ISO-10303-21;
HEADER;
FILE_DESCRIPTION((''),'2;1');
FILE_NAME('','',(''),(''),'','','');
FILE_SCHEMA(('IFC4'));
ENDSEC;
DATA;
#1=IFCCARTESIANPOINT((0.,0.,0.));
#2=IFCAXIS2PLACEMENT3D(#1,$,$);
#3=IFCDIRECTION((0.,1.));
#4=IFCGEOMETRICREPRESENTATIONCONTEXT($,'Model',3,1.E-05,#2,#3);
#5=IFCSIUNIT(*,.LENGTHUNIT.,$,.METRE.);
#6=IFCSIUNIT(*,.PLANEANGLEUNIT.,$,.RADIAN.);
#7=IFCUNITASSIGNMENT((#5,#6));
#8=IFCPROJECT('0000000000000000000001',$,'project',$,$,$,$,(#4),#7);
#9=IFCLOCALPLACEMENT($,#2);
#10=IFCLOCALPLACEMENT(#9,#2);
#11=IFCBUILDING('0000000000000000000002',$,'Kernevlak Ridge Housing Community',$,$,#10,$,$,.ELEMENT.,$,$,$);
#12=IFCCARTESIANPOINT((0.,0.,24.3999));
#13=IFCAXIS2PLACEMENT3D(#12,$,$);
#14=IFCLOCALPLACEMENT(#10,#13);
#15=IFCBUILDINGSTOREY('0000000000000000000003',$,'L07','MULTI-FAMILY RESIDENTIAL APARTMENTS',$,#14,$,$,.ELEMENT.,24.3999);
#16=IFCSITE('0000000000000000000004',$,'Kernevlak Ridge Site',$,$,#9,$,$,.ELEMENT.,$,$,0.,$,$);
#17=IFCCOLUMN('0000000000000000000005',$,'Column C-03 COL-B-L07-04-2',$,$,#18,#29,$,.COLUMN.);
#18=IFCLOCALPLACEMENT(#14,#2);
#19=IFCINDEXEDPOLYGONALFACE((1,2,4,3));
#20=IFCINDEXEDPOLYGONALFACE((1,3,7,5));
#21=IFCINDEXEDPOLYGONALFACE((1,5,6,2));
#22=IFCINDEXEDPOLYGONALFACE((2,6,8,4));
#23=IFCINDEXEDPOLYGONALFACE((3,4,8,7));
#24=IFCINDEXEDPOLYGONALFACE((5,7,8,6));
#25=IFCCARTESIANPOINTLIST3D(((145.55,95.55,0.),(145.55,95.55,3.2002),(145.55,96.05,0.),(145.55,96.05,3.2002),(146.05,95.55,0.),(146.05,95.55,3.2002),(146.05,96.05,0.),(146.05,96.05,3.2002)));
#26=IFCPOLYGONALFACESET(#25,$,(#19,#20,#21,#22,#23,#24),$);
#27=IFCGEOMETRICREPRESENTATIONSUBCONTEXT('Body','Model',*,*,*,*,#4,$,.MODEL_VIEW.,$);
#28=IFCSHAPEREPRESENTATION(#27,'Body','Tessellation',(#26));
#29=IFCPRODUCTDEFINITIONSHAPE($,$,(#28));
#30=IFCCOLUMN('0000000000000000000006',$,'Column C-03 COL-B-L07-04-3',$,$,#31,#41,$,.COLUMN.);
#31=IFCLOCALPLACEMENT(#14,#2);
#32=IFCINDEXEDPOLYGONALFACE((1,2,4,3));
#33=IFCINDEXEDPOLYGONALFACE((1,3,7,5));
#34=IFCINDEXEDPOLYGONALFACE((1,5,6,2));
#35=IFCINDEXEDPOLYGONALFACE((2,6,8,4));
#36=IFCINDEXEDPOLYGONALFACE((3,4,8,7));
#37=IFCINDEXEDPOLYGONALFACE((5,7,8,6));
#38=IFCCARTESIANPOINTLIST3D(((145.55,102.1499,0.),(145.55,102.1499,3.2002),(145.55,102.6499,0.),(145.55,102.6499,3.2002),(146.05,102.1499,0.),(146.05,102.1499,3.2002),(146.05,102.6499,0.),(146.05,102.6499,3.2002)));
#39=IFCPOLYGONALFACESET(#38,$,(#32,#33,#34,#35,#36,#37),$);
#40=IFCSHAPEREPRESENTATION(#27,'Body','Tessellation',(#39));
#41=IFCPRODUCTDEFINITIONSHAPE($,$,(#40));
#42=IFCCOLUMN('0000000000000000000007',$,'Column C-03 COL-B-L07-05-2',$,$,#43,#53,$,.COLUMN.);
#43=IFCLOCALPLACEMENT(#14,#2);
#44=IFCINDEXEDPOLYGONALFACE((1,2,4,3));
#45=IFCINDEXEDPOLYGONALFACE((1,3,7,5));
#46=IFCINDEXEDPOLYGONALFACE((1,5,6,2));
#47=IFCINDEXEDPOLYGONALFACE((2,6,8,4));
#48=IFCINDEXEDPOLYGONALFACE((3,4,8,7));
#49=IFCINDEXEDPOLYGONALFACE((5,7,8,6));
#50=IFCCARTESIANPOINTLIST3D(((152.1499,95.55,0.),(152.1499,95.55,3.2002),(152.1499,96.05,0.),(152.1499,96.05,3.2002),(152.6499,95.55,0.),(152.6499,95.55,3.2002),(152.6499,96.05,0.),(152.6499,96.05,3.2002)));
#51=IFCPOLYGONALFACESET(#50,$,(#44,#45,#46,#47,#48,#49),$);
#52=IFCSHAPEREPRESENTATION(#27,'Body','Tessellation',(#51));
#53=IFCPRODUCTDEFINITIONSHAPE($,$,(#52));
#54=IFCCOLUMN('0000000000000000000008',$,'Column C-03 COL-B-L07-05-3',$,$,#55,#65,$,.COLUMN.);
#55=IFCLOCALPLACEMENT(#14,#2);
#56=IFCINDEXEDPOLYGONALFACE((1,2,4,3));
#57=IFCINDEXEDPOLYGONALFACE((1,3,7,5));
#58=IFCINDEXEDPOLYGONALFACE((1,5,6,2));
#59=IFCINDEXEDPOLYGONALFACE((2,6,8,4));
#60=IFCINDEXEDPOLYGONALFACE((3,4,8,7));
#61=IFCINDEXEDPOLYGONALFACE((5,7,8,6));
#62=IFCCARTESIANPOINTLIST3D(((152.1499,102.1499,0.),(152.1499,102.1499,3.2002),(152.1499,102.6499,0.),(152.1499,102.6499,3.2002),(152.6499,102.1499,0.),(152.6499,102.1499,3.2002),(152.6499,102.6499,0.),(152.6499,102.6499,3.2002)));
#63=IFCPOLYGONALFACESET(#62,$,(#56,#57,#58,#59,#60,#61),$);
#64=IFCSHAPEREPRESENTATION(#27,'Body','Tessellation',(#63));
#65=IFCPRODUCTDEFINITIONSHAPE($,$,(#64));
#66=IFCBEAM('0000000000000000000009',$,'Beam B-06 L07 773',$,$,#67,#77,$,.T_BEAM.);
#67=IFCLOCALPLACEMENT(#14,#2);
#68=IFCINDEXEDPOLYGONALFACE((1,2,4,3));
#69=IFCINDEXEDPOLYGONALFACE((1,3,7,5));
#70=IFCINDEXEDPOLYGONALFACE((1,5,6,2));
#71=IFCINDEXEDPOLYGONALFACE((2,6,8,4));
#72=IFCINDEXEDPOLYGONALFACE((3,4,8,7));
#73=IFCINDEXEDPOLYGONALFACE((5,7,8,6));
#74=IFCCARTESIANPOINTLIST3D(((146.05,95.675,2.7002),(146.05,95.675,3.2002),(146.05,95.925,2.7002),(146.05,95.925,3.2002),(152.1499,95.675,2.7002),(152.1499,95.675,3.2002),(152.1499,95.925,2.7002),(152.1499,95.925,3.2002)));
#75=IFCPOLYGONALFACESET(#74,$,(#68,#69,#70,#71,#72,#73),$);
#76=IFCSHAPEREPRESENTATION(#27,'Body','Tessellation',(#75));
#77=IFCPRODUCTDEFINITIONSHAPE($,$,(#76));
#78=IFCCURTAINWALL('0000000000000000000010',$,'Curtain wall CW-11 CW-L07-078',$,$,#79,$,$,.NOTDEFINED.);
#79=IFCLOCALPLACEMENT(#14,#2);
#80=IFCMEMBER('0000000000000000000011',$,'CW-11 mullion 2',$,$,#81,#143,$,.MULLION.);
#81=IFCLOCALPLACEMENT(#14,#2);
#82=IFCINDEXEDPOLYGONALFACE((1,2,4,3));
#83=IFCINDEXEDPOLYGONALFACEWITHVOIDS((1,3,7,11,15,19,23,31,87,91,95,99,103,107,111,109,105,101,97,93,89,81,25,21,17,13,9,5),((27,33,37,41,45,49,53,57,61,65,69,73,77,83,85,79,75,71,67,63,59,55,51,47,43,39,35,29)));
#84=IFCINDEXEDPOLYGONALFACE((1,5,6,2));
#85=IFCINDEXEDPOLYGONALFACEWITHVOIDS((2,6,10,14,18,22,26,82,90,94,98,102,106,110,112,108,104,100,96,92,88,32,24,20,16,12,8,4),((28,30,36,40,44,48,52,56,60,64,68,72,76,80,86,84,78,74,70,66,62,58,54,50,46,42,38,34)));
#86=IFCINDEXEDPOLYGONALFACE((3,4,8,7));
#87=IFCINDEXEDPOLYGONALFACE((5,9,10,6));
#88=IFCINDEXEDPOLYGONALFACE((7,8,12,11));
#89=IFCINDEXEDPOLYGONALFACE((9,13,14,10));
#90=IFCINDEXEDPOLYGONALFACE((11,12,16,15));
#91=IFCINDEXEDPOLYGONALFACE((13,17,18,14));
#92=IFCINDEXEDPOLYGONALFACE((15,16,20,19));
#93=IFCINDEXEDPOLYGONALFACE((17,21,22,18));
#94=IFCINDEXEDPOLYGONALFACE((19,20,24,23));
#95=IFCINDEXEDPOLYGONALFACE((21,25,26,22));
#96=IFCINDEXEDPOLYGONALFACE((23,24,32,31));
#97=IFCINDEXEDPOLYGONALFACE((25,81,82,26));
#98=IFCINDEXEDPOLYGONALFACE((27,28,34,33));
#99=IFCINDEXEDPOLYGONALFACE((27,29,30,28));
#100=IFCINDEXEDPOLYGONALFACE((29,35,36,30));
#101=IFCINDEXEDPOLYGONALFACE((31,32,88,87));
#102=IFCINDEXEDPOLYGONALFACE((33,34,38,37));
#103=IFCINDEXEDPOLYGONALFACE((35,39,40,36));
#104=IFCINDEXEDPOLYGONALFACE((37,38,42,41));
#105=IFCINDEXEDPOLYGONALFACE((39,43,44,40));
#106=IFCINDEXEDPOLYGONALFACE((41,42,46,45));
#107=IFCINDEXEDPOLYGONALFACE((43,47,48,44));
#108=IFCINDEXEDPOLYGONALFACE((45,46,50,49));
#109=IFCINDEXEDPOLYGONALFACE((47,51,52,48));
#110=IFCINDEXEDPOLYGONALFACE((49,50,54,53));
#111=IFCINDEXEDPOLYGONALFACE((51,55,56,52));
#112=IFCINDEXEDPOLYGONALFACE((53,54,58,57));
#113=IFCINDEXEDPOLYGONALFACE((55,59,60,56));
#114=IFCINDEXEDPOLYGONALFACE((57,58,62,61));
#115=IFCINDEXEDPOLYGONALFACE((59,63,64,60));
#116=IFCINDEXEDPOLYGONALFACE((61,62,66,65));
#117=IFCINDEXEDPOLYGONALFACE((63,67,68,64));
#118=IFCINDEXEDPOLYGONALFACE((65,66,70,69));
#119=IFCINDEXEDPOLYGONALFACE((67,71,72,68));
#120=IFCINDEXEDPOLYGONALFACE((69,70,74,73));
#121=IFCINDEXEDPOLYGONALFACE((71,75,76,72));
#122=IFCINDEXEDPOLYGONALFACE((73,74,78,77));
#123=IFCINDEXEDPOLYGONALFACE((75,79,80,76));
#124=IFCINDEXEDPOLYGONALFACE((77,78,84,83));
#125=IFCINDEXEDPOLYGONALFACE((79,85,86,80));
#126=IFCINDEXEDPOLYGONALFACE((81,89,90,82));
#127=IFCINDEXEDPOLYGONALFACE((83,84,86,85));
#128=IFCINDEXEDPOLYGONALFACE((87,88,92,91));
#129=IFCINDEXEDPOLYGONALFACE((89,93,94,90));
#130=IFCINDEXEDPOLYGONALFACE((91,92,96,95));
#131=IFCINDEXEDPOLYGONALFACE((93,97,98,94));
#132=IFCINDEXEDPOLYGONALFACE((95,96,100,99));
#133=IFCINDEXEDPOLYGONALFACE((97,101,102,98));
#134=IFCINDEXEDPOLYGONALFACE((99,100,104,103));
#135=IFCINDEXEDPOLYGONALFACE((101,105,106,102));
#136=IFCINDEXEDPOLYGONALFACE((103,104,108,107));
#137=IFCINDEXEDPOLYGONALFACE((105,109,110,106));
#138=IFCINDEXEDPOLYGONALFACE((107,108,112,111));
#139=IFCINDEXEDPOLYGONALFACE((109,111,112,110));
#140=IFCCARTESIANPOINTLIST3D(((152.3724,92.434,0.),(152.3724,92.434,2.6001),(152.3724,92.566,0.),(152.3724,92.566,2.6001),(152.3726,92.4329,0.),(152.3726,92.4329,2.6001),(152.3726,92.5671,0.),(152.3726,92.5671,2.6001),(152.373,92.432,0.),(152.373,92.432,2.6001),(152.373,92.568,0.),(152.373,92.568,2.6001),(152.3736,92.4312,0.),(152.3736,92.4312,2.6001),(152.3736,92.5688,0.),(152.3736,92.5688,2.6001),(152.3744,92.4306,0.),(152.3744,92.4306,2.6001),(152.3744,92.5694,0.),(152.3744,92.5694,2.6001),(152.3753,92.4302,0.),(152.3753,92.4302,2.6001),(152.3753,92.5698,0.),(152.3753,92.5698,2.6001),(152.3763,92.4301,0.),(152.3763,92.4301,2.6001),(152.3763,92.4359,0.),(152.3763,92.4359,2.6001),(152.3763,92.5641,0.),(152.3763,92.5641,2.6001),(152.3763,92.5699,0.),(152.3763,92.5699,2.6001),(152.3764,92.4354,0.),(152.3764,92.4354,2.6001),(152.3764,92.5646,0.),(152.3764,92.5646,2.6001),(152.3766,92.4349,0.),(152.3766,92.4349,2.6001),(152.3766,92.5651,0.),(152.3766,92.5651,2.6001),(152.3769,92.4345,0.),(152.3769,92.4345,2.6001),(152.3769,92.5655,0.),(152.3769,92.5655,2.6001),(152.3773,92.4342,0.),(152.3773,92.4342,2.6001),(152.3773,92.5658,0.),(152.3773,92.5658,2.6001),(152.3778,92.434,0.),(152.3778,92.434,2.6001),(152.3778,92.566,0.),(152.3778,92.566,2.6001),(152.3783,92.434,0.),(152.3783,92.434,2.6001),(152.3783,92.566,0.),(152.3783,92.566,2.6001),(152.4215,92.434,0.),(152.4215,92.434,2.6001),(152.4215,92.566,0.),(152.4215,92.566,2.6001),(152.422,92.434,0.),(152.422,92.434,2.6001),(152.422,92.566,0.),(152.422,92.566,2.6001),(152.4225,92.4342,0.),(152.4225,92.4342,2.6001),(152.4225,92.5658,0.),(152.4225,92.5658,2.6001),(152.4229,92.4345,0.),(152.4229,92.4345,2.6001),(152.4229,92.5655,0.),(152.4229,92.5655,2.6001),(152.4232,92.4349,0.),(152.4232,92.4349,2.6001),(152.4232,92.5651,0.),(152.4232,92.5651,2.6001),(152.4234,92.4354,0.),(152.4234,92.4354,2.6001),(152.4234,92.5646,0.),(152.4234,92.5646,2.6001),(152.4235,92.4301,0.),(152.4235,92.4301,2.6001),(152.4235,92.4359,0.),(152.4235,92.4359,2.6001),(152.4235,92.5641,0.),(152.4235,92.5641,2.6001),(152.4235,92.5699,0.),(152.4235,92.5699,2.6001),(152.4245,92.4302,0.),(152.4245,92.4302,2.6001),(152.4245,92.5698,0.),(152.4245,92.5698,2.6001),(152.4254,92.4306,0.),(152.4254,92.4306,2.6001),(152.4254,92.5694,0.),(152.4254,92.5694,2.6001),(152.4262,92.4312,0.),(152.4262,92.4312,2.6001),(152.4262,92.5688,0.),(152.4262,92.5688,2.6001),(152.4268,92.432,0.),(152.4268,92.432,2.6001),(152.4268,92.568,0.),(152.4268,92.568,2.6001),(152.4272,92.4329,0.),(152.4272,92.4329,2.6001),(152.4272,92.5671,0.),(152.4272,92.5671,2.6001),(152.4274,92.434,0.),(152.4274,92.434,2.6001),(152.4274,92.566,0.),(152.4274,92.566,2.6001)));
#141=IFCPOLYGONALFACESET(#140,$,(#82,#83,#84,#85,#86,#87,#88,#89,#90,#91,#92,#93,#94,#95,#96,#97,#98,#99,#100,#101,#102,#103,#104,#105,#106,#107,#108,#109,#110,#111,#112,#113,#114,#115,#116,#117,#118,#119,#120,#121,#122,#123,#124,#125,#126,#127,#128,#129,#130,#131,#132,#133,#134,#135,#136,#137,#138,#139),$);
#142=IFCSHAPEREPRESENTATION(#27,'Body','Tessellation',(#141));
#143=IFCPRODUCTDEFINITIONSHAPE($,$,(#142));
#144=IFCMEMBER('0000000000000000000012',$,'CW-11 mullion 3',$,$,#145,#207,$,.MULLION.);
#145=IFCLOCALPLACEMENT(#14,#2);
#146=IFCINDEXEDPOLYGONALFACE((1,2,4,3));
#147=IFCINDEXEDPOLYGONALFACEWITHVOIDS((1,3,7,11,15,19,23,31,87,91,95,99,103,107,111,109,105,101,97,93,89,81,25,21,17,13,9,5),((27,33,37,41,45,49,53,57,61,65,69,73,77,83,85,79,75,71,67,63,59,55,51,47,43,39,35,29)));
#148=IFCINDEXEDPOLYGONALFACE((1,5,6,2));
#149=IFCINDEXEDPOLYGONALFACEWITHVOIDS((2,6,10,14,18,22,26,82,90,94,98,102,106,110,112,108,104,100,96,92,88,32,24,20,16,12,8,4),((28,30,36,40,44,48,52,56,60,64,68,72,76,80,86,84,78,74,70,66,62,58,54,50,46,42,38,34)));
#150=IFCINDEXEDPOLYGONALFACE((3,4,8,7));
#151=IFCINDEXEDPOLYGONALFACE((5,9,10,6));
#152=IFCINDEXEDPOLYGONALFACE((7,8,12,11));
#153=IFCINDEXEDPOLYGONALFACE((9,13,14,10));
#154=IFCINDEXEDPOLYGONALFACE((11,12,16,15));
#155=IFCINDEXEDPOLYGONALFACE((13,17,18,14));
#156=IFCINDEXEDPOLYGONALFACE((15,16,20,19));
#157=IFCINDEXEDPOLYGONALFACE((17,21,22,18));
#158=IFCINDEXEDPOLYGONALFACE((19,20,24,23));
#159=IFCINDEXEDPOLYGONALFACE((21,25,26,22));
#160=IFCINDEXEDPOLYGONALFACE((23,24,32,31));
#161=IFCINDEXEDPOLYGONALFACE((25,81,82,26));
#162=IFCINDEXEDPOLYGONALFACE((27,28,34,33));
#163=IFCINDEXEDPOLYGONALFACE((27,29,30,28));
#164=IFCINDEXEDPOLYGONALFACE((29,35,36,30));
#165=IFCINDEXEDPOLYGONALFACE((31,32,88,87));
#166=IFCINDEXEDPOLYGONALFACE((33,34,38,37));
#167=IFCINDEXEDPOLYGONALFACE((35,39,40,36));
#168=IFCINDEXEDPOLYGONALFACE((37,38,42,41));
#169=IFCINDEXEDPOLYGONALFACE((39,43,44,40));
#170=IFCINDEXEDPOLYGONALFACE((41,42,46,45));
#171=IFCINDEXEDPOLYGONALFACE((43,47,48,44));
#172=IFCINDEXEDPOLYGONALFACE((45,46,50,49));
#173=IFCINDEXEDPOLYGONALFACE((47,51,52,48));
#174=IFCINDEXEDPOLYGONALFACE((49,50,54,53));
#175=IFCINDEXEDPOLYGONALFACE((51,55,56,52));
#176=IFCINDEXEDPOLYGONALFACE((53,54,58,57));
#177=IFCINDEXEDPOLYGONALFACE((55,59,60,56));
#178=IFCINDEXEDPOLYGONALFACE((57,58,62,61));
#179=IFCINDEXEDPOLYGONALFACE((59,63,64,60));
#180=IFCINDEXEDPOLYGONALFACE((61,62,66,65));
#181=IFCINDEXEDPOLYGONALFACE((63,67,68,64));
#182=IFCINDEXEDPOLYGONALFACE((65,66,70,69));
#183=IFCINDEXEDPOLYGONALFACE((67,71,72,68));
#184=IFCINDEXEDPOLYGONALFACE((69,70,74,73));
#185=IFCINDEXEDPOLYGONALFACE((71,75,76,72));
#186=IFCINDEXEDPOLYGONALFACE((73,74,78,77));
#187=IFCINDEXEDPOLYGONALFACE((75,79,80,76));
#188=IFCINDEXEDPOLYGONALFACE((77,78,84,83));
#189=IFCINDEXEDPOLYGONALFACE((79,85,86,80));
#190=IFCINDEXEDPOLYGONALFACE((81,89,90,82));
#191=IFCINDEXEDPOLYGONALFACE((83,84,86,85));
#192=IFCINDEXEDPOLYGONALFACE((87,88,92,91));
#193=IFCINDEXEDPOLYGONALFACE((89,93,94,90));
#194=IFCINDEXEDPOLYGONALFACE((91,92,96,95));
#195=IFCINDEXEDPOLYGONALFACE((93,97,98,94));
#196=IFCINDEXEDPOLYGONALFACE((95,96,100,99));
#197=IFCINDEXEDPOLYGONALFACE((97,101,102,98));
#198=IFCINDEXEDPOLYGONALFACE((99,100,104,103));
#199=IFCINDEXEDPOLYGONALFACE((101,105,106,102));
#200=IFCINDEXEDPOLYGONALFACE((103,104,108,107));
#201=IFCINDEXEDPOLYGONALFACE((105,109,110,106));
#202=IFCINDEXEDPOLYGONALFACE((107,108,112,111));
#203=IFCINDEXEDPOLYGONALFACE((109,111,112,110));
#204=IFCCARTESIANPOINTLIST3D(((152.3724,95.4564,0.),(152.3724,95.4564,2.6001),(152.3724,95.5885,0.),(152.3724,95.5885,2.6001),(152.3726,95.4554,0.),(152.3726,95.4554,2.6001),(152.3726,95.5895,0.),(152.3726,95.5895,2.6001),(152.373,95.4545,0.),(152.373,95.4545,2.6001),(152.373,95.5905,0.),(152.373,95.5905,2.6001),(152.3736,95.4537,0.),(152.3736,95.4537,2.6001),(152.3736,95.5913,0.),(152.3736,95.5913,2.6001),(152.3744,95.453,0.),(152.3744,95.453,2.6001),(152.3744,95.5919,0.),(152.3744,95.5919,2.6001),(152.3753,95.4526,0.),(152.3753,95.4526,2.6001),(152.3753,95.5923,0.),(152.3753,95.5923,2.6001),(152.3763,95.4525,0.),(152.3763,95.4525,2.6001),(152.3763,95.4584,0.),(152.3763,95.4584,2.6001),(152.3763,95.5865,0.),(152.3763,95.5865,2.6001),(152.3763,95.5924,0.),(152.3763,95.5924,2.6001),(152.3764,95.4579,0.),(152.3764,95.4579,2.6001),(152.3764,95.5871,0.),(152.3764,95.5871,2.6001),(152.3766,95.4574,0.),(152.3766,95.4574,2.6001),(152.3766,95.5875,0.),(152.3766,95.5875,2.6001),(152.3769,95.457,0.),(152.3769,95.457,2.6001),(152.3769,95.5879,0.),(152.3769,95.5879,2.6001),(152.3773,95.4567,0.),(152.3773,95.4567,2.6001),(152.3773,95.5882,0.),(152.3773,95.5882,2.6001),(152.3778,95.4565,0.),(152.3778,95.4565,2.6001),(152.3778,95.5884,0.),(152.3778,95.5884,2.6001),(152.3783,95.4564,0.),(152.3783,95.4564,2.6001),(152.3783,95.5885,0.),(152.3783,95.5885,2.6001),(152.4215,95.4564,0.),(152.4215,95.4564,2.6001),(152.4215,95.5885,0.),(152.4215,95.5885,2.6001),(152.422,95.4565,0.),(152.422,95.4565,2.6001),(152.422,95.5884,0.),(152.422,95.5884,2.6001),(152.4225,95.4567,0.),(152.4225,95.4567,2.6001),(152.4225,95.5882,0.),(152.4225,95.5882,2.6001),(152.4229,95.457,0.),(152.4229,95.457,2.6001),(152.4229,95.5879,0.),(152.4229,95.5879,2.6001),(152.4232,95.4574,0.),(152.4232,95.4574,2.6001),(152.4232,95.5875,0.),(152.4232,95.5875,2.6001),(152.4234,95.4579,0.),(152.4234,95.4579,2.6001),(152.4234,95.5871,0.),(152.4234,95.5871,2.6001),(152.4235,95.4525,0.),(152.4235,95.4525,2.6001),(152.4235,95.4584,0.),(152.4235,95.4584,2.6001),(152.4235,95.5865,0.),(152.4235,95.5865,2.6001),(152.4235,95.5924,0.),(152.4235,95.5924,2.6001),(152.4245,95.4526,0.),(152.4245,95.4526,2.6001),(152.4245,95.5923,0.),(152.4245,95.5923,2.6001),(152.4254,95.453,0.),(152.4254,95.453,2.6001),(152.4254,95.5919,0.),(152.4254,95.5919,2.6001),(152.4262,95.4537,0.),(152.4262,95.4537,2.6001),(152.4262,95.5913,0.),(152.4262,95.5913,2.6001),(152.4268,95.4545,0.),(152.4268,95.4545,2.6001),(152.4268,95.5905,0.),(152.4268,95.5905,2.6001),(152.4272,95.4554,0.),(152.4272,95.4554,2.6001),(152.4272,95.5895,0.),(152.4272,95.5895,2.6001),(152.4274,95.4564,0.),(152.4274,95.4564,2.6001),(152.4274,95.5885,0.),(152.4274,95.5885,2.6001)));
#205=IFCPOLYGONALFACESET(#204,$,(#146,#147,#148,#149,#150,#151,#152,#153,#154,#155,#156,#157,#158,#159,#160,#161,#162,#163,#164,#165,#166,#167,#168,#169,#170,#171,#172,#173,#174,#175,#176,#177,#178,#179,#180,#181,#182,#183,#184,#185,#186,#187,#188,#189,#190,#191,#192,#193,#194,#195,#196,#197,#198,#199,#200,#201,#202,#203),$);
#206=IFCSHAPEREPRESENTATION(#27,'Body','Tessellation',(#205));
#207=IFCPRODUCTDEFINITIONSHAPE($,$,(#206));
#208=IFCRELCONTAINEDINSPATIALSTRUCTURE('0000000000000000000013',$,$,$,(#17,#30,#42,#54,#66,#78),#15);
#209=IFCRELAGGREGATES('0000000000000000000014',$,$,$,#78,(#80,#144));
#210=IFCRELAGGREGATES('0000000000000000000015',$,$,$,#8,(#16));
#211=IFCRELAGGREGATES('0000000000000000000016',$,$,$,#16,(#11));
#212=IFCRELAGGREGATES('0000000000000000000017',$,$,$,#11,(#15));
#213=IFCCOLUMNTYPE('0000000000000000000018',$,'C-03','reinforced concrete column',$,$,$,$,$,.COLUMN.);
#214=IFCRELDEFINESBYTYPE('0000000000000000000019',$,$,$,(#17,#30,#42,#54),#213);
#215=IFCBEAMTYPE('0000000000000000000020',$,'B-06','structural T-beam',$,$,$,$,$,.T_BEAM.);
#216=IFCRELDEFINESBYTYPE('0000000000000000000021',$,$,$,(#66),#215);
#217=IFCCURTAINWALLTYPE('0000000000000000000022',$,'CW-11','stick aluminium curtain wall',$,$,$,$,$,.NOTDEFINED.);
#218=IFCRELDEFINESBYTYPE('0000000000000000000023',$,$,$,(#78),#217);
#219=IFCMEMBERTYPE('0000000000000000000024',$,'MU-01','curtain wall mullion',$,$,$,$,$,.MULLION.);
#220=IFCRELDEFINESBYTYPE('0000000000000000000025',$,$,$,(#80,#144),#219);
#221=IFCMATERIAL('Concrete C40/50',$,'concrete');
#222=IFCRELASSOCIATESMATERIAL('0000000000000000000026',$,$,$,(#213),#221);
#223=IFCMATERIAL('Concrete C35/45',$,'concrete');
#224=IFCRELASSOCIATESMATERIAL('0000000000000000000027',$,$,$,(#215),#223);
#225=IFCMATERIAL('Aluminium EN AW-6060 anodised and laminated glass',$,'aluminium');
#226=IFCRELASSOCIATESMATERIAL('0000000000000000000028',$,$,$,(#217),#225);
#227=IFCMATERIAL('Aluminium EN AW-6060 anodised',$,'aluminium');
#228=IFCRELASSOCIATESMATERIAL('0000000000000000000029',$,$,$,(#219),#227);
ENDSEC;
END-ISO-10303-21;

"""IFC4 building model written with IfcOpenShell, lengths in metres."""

from ifc_helpers import new_model, si_unit, direction, frame, origin, origin_2d, place, context, subcontext, project, spatial, rectangle, hollow_rectangle, extrude, material, material_profile, profile_set, type_object, element, aggregate, save


model = new_model("IFC4")

# Units and contexts
model_context = context("Model", 3, precision=1e-05, world=origin(), true_north=direction((0.0, 1.0)))
body_context = subcontext(model_context, "Body", "Model", "MODEL_VIEW")
ifc_project = project(units=[si_unit("LENGTHUNIT", "METRE"), si_unit("PLANEANGLEUNIT", "RADIAN")], contexts=[model_context])

# Site, building, storey
site_placement = place(None, origin())
site = spatial("IfcSite", under=ifc_project, at=site_placement, Name="Kernevlak Ridge Site", CompositionType="ELEMENT", RefElevation=0.0)
building_placement = place(site_placement, origin())
building = spatial("IfcBuilding", under=site, at=building_placement, Name="Kernevlak Ridge Housing Community", CompositionType="ELEMENT")
storey_placement = place(building_placement, frame((0.0, 0.0, 24.3999)))
storey = spatial("IfcBuildingStorey", under=building, at=storey_placement, Name="L07", Description="MULTI-FAMILY RESIDENTIAL APARTMENTS", CompositionType="ELEMENT", Elevation=24.3999)

# Columns
ifc_material_1 = material(Name="Concrete C40/50", Category="concrete")
ifc_material_profile_1 = material_profile(ifc_material_1, rectangle(XDim=0.5, YDim=0.5, at=origin_2d()), Name="RC 500x500")
ifc_profile_set_1 = profile_set([ifc_material_profile_1], Name="Concrete C40/50")
column_type = type_object("IfcColumnType", Name="C-03", Description="reinforced concrete column", PredefinedType="COLUMN", material=ifc_profile_set_1)
for number, where, z_axis, x_axis, name in (
    (1, (145.8, 95.8, 0.0), (0.0, 0.0, 1.0), (1.0, 0.0, 0.0), "Column C-03 COL-B-L07-04-2"),
    (2, (145.8, 102.3999, 0.0), (0.0, 0.0, 1.0), (1.0, 0.0, 0.0), "Column C-03 COL-B-L07-04-3"),
    (3, (152.3999, 95.8, 0.0), (0.0, 0.0, 1.0), (1.0, 0.0, 0.0), "Column C-03 COL-B-L07-05-2"),
    (4, (152.3999, 102.3999, 0.0), (0.0, 0.0, 1.0), (1.0, 0.0, 0.0), "Column C-03 COL-B-L07-05-3"),
):
    element("IfcColumn", number, at=place(storey_placement, frame(where, z_axis=z_axis, x_axis=x_axis)), inside=storey, type_object=column_type, Name=name, PredefinedType="COLUMN", context=body_context, shape_type="SweptSolid", body=[
        extrude(rectangle(XDim=0.5, YDim=0.5, at=origin_2d()), origin(), (0.0, 0.0, 1.0), 3.2002),
    ])

# Beam
ifc_material_2 = material(Name="Concrete C35/45", Category="concrete")
ifc_material_profile_2 = material_profile(ifc_material_2, rectangle(XDim=0.25, YDim=0.5, at=origin_2d()), Name="RC 250x500")
ifc_profile_set_2 = profile_set([ifc_material_profile_2], Name="Concrete C35/45")
beam_type_1 = type_object("IfcBeamType", Name="B-06", Description="structural T-beam", PredefinedType="T_BEAM", material=ifc_profile_set_2)
beam_1_placement = place(storey_placement, frame((146.05, 95.8, 2.9502), z_axis=(1.0, 0.0, 0.0), x_axis=(0.0, 1.0, 0.0)))
element("IfcBeam", 5, at=beam_1_placement, inside=storey, type_object=beam_type_1, Name="Beam B-06 L07 773", PredefinedType="T_BEAM", context=body_context, shape_type="SweptSolid", body=[
    extrude(rectangle(XDim=0.25, YDim=0.5, at=origin_2d()), origin(), (0.0, 0.0, 1.0), 6.0999),
])

# Curtain wall, members
ifc_material_3 = material(Name="Aluminium EN AW-6060 anodised and laminated glass", Category="aluminium")
curtain_wall_type = type_object("IfcCurtainWallType", Name="CW-11", Description="stick aluminium curtain wall", PredefinedType="NOTDEFINED", material=ifc_material_3)
curtain_wall_placement = place(storey_placement, origin())
curtain_wall = element("IfcCurtainWall", 6, at=curtain_wall_placement, inside=storey, type_object=curtain_wall_type, Name="Curtain wall CW-11 CW-L07-078", PredefinedType="NOTDEFINED")
ifc_material_4 = material(Name="Aluminium EN AW-6060 anodised", Category="aluminium")
ifc_material_profile_3 = material_profile(ifc_material_4, hollow_rectangle(XDim=0.0549, YDim=0.1399, WallThickness=0.0039, InnerFilletRadius=0.002, OuterFilletRadius=0.0039, at=origin_2d()), Name="ALU 55x140x4")
ifc_profile_set_3 = profile_set([ifc_material_profile_3], Name="Aluminium EN AW-6060 anodised")
member_type_1 = type_object("IfcMemberType", Name="MU-01", Description="curtain wall mullion", PredefinedType="MULLION", material=ifc_profile_set_3)
member_1_placement = place(storey_placement, frame((152.3999, 92.5, 0.0), z_axis=(0.0, 0.0, 1.0), x_axis=(-1.0, 0.0, 0.0)))
member_1 = element("IfcMember", 7, at=member_1_placement, type_object=member_type_1, Name="CW-11 mullion 2", PredefinedType="MULLION", context=body_context, shape_type="SweptSolid", body=[
    extrude(hollow_rectangle(XDim=0.0549, YDim=0.1399, WallThickness=0.0039, InnerFilletRadius=0.002, OuterFilletRadius=0.0039, at=origin_2d()), origin(), (0.0, 0.0, 1.0), 2.6001),
])
member_2_placement = place(storey_placement, frame((152.3999, 95.5225, 0.0), z_axis=(0.0, 0.0, 1.0), x_axis=(-1.0, 0.0, 0.0)))
member_2 = element("IfcMember", 8, at=member_2_placement, type_object=member_type_1, Name="CW-11 mullion 3", PredefinedType="MULLION", context=body_context, shape_type="SweptSolid", body=[
    extrude(hollow_rectangle(XDim=0.0549, YDim=0.1399, WallThickness=0.0039, InnerFilletRadius=0.002, OuterFilletRadius=0.0039, at=origin_2d()), origin(), (0.0, 0.0, 1.0), 2.6001),
])

aggregate(curtain_wall, [member_1, member_2])

save(model, "model.ifc")
